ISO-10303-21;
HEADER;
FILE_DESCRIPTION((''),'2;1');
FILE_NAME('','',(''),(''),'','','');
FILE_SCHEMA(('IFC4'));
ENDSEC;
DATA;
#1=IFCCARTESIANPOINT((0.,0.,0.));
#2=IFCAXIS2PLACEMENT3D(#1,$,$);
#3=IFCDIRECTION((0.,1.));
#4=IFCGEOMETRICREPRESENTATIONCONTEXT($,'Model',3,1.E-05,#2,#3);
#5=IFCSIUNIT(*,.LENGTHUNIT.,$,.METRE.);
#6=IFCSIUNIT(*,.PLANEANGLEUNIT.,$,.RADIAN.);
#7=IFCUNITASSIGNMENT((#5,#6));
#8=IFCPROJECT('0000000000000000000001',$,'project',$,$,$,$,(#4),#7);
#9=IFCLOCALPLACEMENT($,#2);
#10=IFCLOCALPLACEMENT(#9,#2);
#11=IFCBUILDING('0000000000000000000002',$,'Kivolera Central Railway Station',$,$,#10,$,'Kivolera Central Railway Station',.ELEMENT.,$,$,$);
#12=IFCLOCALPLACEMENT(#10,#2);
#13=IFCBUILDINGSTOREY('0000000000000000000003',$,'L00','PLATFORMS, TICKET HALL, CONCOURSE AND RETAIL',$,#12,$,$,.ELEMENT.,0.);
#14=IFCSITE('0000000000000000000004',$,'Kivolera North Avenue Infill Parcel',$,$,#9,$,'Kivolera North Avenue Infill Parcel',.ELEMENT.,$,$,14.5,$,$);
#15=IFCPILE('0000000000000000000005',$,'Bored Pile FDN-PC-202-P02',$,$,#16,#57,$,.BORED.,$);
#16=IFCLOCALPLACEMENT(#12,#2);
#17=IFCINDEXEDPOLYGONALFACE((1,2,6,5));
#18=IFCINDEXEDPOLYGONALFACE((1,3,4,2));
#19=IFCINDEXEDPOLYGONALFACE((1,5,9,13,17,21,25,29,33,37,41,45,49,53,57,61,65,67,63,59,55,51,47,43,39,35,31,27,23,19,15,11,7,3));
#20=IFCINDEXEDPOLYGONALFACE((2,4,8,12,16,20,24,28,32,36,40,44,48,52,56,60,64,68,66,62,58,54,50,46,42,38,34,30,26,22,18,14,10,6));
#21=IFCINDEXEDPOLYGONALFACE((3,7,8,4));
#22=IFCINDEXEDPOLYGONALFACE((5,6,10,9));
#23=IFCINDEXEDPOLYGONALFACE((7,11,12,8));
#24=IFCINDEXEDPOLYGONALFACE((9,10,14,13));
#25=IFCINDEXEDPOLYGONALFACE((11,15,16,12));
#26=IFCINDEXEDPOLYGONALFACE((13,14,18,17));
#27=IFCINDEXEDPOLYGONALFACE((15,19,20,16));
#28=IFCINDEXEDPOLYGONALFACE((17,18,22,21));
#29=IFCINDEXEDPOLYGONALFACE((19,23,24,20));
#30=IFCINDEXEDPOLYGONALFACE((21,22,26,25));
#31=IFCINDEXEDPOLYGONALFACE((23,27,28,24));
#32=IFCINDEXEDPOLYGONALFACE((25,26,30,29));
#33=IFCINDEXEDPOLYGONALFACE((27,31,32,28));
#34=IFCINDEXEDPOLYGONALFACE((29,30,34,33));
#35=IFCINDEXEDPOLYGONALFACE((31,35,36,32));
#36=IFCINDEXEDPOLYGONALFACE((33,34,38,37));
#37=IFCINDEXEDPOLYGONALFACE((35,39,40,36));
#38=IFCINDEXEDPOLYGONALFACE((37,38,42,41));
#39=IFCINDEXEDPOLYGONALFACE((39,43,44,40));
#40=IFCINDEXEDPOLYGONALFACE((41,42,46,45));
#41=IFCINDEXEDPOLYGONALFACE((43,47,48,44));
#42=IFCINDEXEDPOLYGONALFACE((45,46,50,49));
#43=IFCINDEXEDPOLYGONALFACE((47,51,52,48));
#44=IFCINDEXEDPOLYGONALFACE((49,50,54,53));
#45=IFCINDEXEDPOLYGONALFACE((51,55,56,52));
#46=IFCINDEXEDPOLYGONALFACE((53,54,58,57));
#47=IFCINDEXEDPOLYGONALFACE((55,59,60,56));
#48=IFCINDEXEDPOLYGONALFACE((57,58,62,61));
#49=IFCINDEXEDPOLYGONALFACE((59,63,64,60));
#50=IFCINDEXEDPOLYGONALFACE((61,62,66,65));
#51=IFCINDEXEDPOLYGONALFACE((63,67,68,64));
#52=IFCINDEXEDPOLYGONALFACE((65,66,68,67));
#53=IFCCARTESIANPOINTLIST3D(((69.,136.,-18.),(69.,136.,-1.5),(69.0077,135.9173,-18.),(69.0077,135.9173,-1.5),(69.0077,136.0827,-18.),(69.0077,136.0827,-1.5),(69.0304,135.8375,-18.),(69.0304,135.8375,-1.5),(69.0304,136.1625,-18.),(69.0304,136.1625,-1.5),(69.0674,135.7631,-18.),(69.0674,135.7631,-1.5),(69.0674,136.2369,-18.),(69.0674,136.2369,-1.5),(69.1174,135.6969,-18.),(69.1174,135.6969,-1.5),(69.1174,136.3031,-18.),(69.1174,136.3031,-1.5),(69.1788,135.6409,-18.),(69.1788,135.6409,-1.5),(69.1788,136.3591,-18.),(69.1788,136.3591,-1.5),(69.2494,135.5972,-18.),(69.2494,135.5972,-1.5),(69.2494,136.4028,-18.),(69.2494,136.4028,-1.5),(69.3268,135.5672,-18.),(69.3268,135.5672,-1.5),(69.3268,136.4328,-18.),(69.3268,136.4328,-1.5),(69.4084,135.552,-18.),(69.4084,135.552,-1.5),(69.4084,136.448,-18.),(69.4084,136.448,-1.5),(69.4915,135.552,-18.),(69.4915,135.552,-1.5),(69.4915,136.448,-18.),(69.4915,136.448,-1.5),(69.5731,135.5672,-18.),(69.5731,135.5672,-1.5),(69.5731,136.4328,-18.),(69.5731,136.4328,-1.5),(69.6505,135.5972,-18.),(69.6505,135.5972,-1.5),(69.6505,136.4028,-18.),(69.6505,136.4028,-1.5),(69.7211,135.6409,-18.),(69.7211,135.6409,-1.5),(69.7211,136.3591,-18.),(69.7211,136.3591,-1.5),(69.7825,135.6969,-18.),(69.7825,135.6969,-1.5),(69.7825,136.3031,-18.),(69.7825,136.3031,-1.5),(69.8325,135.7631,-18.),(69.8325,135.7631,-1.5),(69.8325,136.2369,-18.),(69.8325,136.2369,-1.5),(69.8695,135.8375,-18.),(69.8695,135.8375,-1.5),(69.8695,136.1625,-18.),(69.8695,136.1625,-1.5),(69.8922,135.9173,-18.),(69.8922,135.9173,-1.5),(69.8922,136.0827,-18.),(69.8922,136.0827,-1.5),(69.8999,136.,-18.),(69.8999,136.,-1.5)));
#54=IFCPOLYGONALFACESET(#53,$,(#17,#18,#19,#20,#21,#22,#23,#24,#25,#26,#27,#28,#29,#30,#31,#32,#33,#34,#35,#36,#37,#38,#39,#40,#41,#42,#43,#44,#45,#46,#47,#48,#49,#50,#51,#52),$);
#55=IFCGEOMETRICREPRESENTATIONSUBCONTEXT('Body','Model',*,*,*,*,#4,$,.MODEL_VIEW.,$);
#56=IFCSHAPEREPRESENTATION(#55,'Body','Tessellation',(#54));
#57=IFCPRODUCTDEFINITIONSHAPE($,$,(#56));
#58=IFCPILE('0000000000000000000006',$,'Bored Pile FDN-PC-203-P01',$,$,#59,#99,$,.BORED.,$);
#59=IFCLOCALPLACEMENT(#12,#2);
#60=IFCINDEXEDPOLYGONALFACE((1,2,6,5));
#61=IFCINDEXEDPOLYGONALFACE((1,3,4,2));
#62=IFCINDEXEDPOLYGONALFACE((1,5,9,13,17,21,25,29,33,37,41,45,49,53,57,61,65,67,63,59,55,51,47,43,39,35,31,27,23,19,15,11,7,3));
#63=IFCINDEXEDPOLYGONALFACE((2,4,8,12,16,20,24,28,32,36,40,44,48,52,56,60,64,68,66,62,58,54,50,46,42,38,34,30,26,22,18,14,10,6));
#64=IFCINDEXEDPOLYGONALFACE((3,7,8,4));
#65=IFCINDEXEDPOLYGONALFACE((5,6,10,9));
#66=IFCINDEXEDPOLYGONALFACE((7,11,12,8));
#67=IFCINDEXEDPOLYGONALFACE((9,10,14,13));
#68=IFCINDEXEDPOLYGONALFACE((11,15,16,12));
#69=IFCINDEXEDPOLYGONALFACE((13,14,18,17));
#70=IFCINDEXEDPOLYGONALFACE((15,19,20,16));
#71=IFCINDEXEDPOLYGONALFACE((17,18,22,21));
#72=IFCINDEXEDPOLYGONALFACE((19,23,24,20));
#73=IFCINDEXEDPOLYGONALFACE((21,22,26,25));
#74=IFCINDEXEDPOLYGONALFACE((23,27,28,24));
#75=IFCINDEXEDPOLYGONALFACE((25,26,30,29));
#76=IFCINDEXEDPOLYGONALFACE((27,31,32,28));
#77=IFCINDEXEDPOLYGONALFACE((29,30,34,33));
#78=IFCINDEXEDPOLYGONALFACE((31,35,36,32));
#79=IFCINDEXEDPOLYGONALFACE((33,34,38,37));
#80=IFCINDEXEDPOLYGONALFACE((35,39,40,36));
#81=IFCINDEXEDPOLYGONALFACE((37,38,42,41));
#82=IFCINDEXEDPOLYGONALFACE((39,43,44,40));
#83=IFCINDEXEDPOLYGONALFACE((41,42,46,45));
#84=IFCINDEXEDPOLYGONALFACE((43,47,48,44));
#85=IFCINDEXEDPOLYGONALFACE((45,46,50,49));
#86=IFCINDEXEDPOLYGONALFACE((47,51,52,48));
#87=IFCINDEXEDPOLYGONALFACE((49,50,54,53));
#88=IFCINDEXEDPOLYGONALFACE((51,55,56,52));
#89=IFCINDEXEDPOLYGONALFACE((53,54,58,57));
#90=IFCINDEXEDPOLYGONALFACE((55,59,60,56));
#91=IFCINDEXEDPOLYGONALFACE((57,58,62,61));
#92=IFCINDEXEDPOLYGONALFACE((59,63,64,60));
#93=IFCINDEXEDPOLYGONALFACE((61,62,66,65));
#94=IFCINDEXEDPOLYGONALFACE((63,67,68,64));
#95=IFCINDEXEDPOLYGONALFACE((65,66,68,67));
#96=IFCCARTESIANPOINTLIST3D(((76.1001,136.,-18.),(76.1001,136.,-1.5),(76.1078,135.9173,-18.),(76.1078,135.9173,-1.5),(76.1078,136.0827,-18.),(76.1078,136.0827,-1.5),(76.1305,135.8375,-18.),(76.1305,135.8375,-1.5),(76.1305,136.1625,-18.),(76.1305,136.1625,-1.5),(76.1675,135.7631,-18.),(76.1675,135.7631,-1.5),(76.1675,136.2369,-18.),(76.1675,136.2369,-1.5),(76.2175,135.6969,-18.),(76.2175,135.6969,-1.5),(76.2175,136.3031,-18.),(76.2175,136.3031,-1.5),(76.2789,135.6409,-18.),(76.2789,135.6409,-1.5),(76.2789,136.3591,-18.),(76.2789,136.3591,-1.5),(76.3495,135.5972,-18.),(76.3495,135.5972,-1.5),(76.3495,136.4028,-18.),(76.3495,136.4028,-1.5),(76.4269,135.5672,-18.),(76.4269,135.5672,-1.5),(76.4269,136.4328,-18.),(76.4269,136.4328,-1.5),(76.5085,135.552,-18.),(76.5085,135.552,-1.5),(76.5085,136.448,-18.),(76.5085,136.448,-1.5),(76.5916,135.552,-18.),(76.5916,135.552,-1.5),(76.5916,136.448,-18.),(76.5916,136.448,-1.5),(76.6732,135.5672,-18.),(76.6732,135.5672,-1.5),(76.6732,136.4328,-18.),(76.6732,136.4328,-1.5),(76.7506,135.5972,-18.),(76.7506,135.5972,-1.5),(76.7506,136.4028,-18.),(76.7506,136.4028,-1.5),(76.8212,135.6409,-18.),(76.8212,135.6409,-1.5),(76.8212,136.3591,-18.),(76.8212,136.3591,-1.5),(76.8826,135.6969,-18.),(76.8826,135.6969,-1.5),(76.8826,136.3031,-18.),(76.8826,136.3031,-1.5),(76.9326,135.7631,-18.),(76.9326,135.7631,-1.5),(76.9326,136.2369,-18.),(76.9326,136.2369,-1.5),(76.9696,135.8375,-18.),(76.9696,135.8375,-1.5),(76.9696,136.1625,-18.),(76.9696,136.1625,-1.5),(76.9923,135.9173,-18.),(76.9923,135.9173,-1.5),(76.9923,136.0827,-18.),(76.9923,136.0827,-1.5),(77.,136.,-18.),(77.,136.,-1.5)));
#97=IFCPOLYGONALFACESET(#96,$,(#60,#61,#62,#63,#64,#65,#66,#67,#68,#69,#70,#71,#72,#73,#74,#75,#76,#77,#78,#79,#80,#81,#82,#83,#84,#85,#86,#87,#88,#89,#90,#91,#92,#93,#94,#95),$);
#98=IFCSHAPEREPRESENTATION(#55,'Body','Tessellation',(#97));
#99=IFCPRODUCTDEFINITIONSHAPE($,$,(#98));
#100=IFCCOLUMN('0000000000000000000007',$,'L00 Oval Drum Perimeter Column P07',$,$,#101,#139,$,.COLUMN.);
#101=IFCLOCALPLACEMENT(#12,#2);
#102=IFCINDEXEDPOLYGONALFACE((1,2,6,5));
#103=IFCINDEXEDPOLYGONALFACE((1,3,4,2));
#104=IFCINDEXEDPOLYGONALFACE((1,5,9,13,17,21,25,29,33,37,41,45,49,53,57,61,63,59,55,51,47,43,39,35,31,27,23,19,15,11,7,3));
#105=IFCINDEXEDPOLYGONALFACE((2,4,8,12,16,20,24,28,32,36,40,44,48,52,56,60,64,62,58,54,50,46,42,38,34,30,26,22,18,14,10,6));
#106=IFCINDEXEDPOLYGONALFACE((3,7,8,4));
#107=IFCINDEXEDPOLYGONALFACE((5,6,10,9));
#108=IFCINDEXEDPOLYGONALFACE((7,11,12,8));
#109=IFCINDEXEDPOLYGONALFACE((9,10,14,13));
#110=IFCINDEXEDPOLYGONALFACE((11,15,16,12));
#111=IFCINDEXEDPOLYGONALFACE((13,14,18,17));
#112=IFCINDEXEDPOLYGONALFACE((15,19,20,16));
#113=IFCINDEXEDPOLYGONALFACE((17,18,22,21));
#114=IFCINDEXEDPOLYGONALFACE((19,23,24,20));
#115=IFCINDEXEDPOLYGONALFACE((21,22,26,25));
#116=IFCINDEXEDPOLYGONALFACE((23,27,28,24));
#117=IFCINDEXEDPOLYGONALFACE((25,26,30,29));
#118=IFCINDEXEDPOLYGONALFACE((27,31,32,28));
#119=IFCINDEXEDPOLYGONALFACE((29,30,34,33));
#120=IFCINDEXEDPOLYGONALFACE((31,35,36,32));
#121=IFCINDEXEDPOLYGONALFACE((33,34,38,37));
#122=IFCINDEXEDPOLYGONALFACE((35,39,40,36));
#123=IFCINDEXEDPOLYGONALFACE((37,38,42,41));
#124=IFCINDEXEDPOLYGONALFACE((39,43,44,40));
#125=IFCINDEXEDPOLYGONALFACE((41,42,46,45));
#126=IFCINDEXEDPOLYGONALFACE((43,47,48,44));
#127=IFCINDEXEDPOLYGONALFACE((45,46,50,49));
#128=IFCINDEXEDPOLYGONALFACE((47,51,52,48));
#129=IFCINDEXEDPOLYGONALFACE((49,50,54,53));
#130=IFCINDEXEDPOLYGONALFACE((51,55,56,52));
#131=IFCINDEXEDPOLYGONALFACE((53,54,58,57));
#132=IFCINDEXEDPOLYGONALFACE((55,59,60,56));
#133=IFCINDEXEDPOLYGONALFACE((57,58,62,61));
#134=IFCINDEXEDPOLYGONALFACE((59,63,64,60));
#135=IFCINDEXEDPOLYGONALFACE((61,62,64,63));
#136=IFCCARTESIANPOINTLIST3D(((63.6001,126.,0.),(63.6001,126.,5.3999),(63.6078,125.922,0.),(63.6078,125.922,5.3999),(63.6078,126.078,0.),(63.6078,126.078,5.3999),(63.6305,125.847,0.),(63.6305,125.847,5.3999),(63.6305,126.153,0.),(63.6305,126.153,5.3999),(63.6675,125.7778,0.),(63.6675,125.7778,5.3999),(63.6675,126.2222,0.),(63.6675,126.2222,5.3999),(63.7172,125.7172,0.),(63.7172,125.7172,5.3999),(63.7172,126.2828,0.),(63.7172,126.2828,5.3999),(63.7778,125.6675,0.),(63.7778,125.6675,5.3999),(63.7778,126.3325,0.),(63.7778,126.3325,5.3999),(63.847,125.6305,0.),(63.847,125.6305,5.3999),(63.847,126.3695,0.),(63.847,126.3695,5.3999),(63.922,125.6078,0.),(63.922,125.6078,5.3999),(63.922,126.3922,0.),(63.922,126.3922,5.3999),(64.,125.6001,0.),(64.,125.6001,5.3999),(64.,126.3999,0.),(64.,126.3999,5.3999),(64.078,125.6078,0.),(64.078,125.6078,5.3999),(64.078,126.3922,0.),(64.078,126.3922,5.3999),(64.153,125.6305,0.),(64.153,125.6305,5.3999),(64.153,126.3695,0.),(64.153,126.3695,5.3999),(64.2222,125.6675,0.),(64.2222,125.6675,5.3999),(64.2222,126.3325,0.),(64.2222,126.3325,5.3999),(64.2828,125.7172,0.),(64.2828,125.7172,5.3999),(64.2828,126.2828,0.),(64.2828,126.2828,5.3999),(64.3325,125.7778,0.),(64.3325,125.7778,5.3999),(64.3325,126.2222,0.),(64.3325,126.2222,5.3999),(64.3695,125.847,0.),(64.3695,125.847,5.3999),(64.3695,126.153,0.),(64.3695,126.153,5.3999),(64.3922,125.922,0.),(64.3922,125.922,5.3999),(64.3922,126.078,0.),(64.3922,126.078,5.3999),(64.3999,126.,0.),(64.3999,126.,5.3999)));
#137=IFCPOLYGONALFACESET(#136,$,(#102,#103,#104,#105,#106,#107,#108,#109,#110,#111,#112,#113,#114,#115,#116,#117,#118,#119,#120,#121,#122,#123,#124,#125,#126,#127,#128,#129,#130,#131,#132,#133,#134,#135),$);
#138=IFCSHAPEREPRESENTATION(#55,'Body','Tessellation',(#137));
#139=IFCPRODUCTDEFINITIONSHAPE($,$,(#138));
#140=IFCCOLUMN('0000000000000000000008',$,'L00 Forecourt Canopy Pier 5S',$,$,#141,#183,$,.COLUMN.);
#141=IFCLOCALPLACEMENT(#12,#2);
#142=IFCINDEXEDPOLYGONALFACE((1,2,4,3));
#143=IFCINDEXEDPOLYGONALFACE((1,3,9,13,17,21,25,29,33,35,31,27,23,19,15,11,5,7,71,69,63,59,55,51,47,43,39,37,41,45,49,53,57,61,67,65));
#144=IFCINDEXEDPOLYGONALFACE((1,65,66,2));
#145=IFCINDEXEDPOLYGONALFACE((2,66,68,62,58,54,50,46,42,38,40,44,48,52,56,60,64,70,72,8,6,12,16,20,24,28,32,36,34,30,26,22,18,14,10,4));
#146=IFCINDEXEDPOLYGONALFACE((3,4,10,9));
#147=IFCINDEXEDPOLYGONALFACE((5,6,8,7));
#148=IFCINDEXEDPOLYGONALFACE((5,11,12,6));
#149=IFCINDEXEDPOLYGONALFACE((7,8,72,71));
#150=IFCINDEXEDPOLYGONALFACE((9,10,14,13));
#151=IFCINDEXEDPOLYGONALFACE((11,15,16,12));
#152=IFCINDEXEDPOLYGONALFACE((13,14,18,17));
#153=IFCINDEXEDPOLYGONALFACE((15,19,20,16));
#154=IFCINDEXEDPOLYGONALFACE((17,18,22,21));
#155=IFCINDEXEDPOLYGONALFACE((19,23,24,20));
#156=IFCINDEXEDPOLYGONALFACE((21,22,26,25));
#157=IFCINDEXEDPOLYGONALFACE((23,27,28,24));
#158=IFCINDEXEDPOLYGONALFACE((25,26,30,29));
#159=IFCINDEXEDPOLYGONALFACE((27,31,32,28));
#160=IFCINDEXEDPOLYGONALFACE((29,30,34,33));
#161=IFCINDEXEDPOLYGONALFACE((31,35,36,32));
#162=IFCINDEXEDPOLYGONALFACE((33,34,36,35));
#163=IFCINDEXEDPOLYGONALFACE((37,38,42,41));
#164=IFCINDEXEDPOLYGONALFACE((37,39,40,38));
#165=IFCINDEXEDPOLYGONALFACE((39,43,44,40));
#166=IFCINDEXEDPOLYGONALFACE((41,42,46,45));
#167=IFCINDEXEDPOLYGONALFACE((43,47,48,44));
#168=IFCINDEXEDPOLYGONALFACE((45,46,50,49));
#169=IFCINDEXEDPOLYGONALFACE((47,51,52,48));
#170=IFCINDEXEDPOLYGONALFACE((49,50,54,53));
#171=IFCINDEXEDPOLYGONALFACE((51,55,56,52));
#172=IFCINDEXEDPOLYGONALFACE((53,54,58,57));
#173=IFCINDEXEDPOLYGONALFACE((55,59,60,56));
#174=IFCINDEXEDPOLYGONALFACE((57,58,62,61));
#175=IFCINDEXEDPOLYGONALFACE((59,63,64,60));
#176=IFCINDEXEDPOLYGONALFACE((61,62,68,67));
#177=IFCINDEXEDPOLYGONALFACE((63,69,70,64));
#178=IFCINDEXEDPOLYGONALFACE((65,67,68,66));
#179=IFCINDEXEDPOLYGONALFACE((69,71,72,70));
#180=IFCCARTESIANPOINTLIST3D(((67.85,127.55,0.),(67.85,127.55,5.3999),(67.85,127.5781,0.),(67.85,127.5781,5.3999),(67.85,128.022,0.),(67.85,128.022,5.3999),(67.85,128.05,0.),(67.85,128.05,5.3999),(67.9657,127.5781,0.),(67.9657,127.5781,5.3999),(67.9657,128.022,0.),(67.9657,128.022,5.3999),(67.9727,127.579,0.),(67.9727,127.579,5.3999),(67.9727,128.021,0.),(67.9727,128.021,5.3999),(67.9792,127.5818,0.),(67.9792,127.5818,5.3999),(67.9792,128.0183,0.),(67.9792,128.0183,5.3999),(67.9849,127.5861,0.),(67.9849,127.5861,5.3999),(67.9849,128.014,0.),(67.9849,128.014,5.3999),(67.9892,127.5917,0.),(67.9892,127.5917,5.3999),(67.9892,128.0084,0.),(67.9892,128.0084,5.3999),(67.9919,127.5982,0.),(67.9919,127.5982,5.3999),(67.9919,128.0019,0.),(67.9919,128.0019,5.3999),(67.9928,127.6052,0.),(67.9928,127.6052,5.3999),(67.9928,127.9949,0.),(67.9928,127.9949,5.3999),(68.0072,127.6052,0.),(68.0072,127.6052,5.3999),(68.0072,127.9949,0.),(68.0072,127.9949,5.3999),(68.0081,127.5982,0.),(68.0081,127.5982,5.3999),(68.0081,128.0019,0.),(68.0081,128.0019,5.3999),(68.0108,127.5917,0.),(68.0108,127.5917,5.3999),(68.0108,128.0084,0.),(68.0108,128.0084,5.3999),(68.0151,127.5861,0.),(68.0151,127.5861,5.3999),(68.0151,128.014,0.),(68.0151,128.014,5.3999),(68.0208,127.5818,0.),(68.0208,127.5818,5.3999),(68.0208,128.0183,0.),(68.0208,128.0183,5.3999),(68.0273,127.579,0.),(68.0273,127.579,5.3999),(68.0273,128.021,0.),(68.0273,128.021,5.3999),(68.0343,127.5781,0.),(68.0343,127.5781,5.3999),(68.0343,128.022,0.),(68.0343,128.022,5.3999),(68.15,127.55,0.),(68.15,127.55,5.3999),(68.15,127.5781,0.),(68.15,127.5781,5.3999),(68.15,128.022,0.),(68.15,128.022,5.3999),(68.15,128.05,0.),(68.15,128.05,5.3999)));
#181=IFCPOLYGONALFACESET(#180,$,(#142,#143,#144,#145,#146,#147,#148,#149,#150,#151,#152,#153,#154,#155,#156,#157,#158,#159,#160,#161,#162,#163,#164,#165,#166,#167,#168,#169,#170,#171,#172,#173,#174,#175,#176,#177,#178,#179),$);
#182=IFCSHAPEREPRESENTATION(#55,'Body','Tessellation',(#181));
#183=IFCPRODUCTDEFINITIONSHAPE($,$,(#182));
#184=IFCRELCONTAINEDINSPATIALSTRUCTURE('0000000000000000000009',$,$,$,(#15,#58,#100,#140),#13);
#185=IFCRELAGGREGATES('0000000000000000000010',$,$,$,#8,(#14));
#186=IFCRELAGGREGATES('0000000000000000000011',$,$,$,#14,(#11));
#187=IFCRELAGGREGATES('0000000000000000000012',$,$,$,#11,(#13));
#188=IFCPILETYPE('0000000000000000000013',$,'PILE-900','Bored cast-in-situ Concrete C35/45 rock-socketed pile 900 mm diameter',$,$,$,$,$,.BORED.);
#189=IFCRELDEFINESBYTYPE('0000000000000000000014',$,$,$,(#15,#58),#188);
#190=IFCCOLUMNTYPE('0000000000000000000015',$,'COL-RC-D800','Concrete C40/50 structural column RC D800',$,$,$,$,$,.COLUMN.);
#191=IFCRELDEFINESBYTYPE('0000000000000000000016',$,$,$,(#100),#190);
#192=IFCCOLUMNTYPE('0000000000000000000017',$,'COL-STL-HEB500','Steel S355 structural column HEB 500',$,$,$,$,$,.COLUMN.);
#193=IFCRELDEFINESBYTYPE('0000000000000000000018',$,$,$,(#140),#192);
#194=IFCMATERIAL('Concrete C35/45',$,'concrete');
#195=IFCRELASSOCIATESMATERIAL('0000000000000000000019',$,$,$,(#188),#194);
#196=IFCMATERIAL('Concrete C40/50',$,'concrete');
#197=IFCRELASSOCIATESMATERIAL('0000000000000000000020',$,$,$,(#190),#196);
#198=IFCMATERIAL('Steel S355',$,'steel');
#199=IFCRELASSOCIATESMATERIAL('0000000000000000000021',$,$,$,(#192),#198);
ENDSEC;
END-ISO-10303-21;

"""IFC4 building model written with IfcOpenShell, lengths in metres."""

from ifc_helpers import new_model, si_unit, direction, frame, origin, origin_2d, place, context, subcontext, project, spatial, circle, i_section, extrude, material, material_profile, profile_set, type_object, element, save


model = new_model("IFC4")

# Units and contexts
model_context = context("Model", 3, precision=1e-05, world=origin(), true_north=direction((0.0, 1.0)))
body_context = subcontext(model_context, "Body", "Model", "MODEL_VIEW")
ifc_project = project(units=[si_unit("LENGTHUNIT", "METRE"), si_unit("PLANEANGLEUNIT", "RADIAN")], contexts=[model_context])

# Site, building, storey
site_placement = place(None, origin())
site = spatial("IfcSite", under=ifc_project, at=site_placement, Name="Kivolera North Avenue Infill Parcel", LongName="Kivolera North Avenue Infill Parcel", CompositionType="ELEMENT", RefElevation=14.5)
building_placement = place(site_placement, origin())
building = spatial("IfcBuilding", under=site, at=building_placement, Name="Kivolera Central Railway Station", LongName="Kivolera Central Railway Station", CompositionType="ELEMENT")
storey_placement = place(building_placement, origin())
storey = spatial("IfcBuildingStorey", under=building, at=storey_placement, Name="L00", Description="PLATFORMS, TICKET HALL, CONCOURSE AND RETAIL", CompositionType="ELEMENT", Elevation=0.0)

# Shared definitions
ifc_material_1 = material(Name="Concrete C35/45", Category="concrete")

# Piles
ifc_material_profile_1 = material_profile(ifc_material_1, circle(Radius=0.45, at=origin_2d()), Name="PILE D900")
ifc_profile_set_1 = profile_set([ifc_material_profile_1], Name="Concrete C35/45")
pile_type_1 = type_object("IfcPileType", Name="PILE-900", Description="Bored cast-in-situ Concrete C35/45 rock-socketed pile 900 mm diameter", PredefinedType="BORED", material=ifc_profile_set_1)
for number, where, z_axis, x_axis, name in (
    (1, (69.45, 136.0, -1.5), (0.0, 0.0, -1.0), (1.0, 0.0, 0.0), "Bored Pile FDN-PC-202-P02"),
    (2, (76.55, 136.0, -1.5), (0.0, 0.0, -1.0), (1.0, 0.0, 0.0), "Bored Pile FDN-PC-203-P01"),
):
    element("IfcPile", number, at=place(storey_placement, frame(where, z_axis=z_axis, x_axis=x_axis)), inside=storey, type_object=pile_type_1, Name=name, PredefinedType="BORED", context=body_context, shape_type="SweptSolid", body=[
        extrude(circle(Radius=0.45, at=origin_2d()), origin(), (0.0, 0.0, 1.0), 16.5),
    ])

# Columns
ifc_material_2 = material(Name="Concrete C40/50", Category="concrete")
ifc_material_profile_2 = material_profile(ifc_material_2, circle(Radius=0.3999, at=origin_2d()), Name="RC D800")
ifc_profile_set_2 = profile_set([ifc_material_profile_2], Name="Concrete C40/50")
column_type_1 = type_object("IfcColumnType", Name="COL-RC-D800", Description="Concrete C40/50 structural column RC D800", PredefinedType="COLUMN", material=ifc_profile_set_2)
column_placement = place(storey_placement, frame((64.0, 126.0, 0.0), z_axis=(0.0, 0.0, 1.0), x_axis=(1.0, 0.0, 0.0)))
element("IfcColumn", 3, at=column_placement, inside=storey, type_object=column_type_1, Name="L00 Oval Drum Perimeter Column P07", PredefinedType="COLUMN", context=body_context, shape_type="SweptSolid", body=[
    extrude(circle(Radius=0.3999, at=origin_2d()), origin(), (0.0, 0.0, 1.0), 5.3999),
])
ifc_material_3 = material(Name="Steel S355", Category="steel")
ifc_material_profile_3 = material_profile(ifc_material_3, i_section(OverallWidth=0.3, OverallDepth=0.5, WebThickness=0.0144, FlangeThickness=0.0281, FilletRadius=0.0271, at=origin_2d()), Name="HEB 500")
ifc_profile_set_3 = profile_set([ifc_material_profile_3], Name="Steel S355")
column_type_2 = type_object("IfcColumnType", Name="COL-STL-HEB500", Description="Steel S355 structural column HEB 500", PredefinedType="COLUMN", material=ifc_profile_set_3)
for number, where, z_axis, x_axis, name in (
    (4, (68.0, 127.8, 0.0), (0.0, 0.0, 1.0), (1.0, 0.0, 0.0), "L00 Forecourt Canopy Pier 5S"),
):
    element("IfcColumn", number, at=place(storey_placement, frame(where, z_axis=z_axis, x_axis=x_axis)), inside=storey, type_object=column_type_2, Name=name, PredefinedType="COLUMN", context=body_context, shape_type="SweptSolid", body=[
        extrude(i_section(OverallWidth=0.3, OverallDepth=0.5, WebThickness=0.0144, FlangeThickness=0.0281, FilletRadius=0.0271, at=origin_2d()), origin(), (0.0, 0.0, 1.0), 5.3999),
    ])

save(model, "model.ifc")
